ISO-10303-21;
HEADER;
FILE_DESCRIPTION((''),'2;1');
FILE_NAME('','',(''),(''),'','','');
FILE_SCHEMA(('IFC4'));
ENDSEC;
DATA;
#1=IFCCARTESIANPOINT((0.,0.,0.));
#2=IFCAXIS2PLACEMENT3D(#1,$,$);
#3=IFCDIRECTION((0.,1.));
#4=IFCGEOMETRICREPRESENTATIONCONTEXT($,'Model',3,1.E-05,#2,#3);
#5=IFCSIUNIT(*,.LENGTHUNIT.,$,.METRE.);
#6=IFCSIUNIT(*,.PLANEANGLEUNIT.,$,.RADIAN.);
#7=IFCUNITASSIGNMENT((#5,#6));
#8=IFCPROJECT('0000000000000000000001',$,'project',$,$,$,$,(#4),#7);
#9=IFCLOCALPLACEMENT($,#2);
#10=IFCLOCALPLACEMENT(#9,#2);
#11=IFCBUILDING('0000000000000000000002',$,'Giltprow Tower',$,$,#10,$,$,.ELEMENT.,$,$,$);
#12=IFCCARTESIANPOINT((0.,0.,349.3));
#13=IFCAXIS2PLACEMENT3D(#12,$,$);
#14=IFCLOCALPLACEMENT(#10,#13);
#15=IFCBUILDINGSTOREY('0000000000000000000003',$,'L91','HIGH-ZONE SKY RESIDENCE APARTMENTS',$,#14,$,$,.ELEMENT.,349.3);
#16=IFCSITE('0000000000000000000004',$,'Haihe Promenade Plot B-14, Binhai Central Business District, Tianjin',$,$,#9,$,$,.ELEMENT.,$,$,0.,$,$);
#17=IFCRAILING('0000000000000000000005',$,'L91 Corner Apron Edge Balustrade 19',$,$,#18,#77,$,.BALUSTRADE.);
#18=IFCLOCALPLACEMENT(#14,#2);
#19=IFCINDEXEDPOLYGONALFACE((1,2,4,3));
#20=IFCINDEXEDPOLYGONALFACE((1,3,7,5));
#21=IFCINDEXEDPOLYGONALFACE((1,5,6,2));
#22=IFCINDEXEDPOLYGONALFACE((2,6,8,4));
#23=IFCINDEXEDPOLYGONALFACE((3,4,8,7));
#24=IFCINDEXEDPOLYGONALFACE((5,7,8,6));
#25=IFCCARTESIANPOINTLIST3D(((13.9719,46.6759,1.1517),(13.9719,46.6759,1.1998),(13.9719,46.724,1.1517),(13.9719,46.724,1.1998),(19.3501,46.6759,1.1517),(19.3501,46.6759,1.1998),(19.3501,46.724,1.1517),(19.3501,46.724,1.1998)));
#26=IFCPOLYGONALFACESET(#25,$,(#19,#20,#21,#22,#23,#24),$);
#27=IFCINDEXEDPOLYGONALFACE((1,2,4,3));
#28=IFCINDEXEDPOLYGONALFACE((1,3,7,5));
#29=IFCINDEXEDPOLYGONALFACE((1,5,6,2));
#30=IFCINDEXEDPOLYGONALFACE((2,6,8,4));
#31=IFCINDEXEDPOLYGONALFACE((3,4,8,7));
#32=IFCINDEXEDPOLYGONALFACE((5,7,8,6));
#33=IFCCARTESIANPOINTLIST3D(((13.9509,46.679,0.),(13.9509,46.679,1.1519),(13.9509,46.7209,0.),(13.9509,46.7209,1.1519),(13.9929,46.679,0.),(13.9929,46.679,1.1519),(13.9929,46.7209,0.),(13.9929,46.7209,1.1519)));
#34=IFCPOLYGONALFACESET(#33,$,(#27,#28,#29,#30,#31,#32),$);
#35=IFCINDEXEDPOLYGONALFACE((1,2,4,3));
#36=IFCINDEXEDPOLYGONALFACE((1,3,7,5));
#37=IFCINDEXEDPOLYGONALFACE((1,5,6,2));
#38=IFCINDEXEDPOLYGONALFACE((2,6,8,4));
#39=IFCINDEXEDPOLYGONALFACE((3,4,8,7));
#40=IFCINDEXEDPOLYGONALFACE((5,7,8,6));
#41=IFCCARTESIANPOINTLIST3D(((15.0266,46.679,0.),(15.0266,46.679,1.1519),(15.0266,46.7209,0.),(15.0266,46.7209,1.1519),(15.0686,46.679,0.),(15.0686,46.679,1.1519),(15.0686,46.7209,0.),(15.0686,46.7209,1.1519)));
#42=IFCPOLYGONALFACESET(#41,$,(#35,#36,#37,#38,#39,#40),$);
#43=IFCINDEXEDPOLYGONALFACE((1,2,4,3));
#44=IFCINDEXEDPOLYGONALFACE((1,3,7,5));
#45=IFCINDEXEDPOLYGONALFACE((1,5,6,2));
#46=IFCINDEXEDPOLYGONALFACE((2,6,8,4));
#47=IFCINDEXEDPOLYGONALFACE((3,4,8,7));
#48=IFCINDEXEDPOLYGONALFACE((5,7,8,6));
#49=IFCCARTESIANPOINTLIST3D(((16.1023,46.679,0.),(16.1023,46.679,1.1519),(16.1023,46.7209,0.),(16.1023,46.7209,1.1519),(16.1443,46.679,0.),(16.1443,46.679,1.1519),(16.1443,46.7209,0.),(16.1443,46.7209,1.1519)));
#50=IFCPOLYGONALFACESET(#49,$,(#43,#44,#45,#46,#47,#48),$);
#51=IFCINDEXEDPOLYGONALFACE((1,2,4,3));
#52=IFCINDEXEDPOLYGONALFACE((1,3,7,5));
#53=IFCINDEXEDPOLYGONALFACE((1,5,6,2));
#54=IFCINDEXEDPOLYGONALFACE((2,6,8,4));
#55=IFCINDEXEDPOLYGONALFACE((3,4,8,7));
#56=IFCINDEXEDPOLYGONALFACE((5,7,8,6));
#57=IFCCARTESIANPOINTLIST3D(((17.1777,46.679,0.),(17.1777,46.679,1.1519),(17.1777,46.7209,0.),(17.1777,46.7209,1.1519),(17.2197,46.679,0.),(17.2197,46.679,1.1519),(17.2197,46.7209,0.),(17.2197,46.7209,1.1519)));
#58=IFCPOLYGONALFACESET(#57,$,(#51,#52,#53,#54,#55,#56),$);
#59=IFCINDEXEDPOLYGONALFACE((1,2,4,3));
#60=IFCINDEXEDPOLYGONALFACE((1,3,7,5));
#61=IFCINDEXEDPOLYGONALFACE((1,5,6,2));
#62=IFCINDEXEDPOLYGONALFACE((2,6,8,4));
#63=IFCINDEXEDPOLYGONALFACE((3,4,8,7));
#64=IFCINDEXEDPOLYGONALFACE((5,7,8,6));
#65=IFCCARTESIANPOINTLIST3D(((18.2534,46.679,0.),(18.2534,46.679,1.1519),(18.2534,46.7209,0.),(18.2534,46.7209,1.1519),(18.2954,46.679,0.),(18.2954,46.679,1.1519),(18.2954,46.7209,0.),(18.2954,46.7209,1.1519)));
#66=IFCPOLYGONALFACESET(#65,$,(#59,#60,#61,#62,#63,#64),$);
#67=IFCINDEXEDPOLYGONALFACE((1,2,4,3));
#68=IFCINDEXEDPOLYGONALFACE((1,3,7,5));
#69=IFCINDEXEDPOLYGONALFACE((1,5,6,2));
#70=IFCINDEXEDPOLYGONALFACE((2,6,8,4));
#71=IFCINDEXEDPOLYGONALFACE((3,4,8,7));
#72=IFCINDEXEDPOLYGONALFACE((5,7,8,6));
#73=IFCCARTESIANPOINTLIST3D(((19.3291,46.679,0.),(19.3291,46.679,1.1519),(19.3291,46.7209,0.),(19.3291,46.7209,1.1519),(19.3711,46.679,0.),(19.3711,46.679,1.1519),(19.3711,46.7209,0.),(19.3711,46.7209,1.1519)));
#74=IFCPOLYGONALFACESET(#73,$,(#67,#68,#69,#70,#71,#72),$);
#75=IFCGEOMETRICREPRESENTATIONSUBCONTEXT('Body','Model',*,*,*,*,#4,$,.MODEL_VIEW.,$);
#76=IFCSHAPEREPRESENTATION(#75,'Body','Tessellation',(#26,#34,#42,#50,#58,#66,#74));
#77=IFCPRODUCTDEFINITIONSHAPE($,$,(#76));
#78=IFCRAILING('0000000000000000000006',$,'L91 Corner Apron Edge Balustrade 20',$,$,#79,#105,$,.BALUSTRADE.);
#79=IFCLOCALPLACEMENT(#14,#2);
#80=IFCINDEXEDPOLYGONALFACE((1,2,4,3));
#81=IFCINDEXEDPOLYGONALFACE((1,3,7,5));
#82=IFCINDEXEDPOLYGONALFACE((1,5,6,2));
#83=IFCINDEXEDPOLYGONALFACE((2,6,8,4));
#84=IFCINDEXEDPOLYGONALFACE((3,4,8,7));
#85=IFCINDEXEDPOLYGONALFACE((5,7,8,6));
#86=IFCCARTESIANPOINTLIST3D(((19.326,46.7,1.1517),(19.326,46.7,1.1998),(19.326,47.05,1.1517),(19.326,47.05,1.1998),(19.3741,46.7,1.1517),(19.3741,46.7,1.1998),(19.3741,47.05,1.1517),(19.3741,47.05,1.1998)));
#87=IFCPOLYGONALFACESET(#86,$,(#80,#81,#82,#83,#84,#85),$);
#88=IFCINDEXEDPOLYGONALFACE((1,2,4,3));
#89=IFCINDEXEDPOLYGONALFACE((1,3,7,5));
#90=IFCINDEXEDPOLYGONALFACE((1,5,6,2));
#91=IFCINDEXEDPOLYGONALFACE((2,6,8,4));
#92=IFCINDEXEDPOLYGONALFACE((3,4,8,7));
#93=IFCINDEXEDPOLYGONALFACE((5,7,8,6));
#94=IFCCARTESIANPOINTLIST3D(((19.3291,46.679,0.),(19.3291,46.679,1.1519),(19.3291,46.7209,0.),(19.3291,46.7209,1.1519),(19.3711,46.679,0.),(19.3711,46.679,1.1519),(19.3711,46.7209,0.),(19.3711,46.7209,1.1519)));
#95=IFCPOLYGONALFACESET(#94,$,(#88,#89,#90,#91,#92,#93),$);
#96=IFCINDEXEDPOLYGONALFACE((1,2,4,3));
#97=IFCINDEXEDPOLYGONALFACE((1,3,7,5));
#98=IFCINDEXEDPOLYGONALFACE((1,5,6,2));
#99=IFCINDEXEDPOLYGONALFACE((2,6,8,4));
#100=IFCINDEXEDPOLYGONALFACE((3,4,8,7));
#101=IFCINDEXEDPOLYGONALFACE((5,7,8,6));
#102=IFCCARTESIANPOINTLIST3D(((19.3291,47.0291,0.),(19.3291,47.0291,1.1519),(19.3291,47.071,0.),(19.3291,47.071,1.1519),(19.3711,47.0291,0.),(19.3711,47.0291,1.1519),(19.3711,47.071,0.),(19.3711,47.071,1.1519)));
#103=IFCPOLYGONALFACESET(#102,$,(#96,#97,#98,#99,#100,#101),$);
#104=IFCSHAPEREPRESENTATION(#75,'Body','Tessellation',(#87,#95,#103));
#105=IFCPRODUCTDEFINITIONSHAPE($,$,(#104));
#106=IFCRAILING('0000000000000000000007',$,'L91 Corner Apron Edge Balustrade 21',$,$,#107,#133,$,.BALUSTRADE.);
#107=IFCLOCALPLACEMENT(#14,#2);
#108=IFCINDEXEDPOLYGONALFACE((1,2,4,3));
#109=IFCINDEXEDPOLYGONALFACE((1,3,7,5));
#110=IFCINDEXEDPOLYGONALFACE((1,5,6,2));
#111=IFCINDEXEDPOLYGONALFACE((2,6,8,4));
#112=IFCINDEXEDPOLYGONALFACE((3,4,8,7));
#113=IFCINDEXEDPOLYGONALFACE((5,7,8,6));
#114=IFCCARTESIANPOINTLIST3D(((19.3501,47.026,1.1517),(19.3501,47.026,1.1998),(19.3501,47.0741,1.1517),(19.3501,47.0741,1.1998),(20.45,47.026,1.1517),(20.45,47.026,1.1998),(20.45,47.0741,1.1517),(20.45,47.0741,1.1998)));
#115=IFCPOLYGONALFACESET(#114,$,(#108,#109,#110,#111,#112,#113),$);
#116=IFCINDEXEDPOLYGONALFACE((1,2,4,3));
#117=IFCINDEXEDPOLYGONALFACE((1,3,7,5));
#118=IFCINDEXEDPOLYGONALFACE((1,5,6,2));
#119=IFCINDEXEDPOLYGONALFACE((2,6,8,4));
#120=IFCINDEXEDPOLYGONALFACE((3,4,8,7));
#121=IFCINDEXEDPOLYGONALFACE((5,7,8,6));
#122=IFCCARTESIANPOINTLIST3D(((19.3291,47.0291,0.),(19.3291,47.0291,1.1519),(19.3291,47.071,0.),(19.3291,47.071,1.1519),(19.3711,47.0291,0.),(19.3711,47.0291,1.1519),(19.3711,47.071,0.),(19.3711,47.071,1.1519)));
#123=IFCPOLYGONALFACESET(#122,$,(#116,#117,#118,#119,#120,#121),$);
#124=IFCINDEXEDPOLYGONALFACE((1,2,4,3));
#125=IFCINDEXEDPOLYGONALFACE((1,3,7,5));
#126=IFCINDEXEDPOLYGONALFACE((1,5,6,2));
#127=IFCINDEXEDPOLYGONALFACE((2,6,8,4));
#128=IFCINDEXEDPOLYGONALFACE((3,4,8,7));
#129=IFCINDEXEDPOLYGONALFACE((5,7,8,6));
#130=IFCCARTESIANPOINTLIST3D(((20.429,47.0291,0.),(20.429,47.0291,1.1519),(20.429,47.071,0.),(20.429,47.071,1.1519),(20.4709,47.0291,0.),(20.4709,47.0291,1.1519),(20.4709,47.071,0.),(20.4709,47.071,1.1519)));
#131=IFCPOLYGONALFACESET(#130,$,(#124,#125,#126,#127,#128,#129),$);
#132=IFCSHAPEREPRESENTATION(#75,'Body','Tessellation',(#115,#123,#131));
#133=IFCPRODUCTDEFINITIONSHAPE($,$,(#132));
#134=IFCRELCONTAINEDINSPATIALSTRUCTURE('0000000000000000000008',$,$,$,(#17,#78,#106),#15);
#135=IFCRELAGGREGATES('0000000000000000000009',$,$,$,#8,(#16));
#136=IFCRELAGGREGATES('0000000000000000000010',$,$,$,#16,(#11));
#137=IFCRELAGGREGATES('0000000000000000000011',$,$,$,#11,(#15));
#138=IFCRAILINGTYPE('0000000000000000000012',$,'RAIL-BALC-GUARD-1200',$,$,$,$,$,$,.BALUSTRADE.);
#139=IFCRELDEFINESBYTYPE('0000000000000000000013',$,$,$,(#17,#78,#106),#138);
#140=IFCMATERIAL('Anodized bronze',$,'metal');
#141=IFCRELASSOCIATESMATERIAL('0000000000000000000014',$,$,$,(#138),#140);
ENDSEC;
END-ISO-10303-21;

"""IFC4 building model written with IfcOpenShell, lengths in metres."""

from ifc_helpers import new_model, si_unit, direction, frame, origin, origin_2d, place, context, subcontext, project, spatial, rectangle, extrude, material, type_object, element, save


model = new_model("IFC4")

# Units and contexts
model_context = context("Model", 3, precision=1e-05, world=origin(), true_north=direction((0.0, 1.0)))
body_context = subcontext(model_context, "Body", "Model", "MODEL_VIEW")
ifc_project = project(units=[si_unit("LENGTHUNIT", "METRE"), si_unit("PLANEANGLEUNIT", "RADIAN")], contexts=[model_context])

# Site, building, storey
site_placement = place(None, origin())
site = spatial("IfcSite", under=ifc_project, at=site_placement, Name="Haihe Promenade Plot B-14, Binhai Central Business District, Tianjin", CompositionType="ELEMENT", RefElevation=0.0)
building_placement = place(site_placement, origin())
building = spatial("IfcBuilding", under=site, at=building_placement, Name="Giltprow Tower", CompositionType="ELEMENT")
storey_placement = place(building_placement, frame((0.0, 0.0, 349.3)))
storey = spatial("IfcBuildingStorey", under=building, at=storey_placement, Name="L91", Description="HIGH-ZONE SKY RESIDENCE APARTMENTS", CompositionType="ELEMENT", Elevation=349.3)

# Railings
ifc_material_1 = material(Name="Anodized bronze", Category="metal")
railing_type = type_object("IfcRailingType", Name="RAIL-BALC-GUARD-1200", PredefinedType="BALUSTRADE", material=ifc_material_1)
railing_1_placement = place(storey_placement, frame((13.9719, 46.7, 0.0)))
element("IfcRailing", 1, at=railing_1_placement, inside=storey, type_object=railing_type, Name="L91 Corner Apron Edge Balustrade 19", PredefinedType="BALUSTRADE", context=body_context, shape_type="SweptSolid", body=[
    extrude(rectangle(XDim=0.0481, YDim=0.0481, at=origin_2d()), frame((0.0, 0.0, 1.1758), z_axis=(1.0, 0.0, 0.0), x_axis=(0.0, 1.0, 0.0)), (0.0, 0.0, 1.0), 5.3782),
    extrude(rectangle(XDim=0.042, YDim=0.042, at=origin_2d()), origin(), (0.0, 0.0, 1.0), 1.1519),
    extrude(rectangle(XDim=0.042, YDim=0.042, at=origin_2d()), frame((1.0757, 0.0, 0.0)), (0.0, 0.0, 1.0), 1.1519),
    extrude(rectangle(XDim=0.042, YDim=0.042, at=origin_2d()), frame((2.1514, 0.0, 0.0)), (0.0, 0.0, 1.0), 1.1519),
    extrude(rectangle(XDim=0.042, YDim=0.042, at=origin_2d()), frame((3.2268, 0.0, 0.0)), (0.0, 0.0, 1.0), 1.1519),
    extrude(rectangle(XDim=0.042, YDim=0.042, at=origin_2d()), frame((4.3025, 0.0, 0.0)), (0.0, 0.0, 1.0), 1.1519),
    extrude(rectangle(XDim=0.042, YDim=0.042, at=origin_2d()), frame((5.3782, 0.0, 0.0)), (0.0, 0.0, 1.0), 1.1519),
])
railing_2_placement = place(storey_placement, frame((19.3501, 46.7, 0.0)))
element("IfcRailing", 2, at=railing_2_placement, inside=storey, type_object=railing_type, Name="L91 Corner Apron Edge Balustrade 20", PredefinedType="BALUSTRADE", context=body_context, shape_type="SweptSolid", body=[
    extrude(rectangle(XDim=0.0481, YDim=0.0481, at=origin_2d()), frame((0.0, 0.0, 1.1758), z_axis=(0.0, 1.0, 0.0), x_axis=(-1.0, 0.0, 0.0)), (0.0, 0.0, 1.0), 0.3501),
    extrude(rectangle(XDim=0.042, YDim=0.042, at=origin_2d()), origin(), (0.0, 0.0, 1.0), 1.1519),
    extrude(rectangle(XDim=0.042, YDim=0.042, at=origin_2d()), frame((0.0, 0.3501, 0.0)), (0.0, 0.0, 1.0), 1.1519),
])
railing_3_placement = place(storey_placement, frame((19.3501, 47.05, 0.0)))
element("IfcRailing", 3, at=railing_3_placement, inside=storey, type_object=railing_type, Name="L91 Corner Apron Edge Balustrade 21", PredefinedType="BALUSTRADE", context=body_context, shape_type="SweptSolid", body=[
    extrude(rectangle(XDim=0.0481, YDim=0.0481, at=origin_2d()), frame((0.0, 0.0, 1.1758), z_axis=(1.0, 0.0, 0.0), x_axis=(0.0, 1.0, 0.0)), (0.0, 0.0, 1.0), 1.0999),
    extrude(rectangle(XDim=0.042, YDim=0.042, at=origin_2d()), origin(), (0.0, 0.0, 1.0), 1.1519),
    extrude(rectangle(XDim=0.042, YDim=0.042, at=origin_2d()), frame((1.0999, 0.0, 0.0)), (0.0, 0.0, 1.0), 1.1519),
])

save(model, "model.ifc")
